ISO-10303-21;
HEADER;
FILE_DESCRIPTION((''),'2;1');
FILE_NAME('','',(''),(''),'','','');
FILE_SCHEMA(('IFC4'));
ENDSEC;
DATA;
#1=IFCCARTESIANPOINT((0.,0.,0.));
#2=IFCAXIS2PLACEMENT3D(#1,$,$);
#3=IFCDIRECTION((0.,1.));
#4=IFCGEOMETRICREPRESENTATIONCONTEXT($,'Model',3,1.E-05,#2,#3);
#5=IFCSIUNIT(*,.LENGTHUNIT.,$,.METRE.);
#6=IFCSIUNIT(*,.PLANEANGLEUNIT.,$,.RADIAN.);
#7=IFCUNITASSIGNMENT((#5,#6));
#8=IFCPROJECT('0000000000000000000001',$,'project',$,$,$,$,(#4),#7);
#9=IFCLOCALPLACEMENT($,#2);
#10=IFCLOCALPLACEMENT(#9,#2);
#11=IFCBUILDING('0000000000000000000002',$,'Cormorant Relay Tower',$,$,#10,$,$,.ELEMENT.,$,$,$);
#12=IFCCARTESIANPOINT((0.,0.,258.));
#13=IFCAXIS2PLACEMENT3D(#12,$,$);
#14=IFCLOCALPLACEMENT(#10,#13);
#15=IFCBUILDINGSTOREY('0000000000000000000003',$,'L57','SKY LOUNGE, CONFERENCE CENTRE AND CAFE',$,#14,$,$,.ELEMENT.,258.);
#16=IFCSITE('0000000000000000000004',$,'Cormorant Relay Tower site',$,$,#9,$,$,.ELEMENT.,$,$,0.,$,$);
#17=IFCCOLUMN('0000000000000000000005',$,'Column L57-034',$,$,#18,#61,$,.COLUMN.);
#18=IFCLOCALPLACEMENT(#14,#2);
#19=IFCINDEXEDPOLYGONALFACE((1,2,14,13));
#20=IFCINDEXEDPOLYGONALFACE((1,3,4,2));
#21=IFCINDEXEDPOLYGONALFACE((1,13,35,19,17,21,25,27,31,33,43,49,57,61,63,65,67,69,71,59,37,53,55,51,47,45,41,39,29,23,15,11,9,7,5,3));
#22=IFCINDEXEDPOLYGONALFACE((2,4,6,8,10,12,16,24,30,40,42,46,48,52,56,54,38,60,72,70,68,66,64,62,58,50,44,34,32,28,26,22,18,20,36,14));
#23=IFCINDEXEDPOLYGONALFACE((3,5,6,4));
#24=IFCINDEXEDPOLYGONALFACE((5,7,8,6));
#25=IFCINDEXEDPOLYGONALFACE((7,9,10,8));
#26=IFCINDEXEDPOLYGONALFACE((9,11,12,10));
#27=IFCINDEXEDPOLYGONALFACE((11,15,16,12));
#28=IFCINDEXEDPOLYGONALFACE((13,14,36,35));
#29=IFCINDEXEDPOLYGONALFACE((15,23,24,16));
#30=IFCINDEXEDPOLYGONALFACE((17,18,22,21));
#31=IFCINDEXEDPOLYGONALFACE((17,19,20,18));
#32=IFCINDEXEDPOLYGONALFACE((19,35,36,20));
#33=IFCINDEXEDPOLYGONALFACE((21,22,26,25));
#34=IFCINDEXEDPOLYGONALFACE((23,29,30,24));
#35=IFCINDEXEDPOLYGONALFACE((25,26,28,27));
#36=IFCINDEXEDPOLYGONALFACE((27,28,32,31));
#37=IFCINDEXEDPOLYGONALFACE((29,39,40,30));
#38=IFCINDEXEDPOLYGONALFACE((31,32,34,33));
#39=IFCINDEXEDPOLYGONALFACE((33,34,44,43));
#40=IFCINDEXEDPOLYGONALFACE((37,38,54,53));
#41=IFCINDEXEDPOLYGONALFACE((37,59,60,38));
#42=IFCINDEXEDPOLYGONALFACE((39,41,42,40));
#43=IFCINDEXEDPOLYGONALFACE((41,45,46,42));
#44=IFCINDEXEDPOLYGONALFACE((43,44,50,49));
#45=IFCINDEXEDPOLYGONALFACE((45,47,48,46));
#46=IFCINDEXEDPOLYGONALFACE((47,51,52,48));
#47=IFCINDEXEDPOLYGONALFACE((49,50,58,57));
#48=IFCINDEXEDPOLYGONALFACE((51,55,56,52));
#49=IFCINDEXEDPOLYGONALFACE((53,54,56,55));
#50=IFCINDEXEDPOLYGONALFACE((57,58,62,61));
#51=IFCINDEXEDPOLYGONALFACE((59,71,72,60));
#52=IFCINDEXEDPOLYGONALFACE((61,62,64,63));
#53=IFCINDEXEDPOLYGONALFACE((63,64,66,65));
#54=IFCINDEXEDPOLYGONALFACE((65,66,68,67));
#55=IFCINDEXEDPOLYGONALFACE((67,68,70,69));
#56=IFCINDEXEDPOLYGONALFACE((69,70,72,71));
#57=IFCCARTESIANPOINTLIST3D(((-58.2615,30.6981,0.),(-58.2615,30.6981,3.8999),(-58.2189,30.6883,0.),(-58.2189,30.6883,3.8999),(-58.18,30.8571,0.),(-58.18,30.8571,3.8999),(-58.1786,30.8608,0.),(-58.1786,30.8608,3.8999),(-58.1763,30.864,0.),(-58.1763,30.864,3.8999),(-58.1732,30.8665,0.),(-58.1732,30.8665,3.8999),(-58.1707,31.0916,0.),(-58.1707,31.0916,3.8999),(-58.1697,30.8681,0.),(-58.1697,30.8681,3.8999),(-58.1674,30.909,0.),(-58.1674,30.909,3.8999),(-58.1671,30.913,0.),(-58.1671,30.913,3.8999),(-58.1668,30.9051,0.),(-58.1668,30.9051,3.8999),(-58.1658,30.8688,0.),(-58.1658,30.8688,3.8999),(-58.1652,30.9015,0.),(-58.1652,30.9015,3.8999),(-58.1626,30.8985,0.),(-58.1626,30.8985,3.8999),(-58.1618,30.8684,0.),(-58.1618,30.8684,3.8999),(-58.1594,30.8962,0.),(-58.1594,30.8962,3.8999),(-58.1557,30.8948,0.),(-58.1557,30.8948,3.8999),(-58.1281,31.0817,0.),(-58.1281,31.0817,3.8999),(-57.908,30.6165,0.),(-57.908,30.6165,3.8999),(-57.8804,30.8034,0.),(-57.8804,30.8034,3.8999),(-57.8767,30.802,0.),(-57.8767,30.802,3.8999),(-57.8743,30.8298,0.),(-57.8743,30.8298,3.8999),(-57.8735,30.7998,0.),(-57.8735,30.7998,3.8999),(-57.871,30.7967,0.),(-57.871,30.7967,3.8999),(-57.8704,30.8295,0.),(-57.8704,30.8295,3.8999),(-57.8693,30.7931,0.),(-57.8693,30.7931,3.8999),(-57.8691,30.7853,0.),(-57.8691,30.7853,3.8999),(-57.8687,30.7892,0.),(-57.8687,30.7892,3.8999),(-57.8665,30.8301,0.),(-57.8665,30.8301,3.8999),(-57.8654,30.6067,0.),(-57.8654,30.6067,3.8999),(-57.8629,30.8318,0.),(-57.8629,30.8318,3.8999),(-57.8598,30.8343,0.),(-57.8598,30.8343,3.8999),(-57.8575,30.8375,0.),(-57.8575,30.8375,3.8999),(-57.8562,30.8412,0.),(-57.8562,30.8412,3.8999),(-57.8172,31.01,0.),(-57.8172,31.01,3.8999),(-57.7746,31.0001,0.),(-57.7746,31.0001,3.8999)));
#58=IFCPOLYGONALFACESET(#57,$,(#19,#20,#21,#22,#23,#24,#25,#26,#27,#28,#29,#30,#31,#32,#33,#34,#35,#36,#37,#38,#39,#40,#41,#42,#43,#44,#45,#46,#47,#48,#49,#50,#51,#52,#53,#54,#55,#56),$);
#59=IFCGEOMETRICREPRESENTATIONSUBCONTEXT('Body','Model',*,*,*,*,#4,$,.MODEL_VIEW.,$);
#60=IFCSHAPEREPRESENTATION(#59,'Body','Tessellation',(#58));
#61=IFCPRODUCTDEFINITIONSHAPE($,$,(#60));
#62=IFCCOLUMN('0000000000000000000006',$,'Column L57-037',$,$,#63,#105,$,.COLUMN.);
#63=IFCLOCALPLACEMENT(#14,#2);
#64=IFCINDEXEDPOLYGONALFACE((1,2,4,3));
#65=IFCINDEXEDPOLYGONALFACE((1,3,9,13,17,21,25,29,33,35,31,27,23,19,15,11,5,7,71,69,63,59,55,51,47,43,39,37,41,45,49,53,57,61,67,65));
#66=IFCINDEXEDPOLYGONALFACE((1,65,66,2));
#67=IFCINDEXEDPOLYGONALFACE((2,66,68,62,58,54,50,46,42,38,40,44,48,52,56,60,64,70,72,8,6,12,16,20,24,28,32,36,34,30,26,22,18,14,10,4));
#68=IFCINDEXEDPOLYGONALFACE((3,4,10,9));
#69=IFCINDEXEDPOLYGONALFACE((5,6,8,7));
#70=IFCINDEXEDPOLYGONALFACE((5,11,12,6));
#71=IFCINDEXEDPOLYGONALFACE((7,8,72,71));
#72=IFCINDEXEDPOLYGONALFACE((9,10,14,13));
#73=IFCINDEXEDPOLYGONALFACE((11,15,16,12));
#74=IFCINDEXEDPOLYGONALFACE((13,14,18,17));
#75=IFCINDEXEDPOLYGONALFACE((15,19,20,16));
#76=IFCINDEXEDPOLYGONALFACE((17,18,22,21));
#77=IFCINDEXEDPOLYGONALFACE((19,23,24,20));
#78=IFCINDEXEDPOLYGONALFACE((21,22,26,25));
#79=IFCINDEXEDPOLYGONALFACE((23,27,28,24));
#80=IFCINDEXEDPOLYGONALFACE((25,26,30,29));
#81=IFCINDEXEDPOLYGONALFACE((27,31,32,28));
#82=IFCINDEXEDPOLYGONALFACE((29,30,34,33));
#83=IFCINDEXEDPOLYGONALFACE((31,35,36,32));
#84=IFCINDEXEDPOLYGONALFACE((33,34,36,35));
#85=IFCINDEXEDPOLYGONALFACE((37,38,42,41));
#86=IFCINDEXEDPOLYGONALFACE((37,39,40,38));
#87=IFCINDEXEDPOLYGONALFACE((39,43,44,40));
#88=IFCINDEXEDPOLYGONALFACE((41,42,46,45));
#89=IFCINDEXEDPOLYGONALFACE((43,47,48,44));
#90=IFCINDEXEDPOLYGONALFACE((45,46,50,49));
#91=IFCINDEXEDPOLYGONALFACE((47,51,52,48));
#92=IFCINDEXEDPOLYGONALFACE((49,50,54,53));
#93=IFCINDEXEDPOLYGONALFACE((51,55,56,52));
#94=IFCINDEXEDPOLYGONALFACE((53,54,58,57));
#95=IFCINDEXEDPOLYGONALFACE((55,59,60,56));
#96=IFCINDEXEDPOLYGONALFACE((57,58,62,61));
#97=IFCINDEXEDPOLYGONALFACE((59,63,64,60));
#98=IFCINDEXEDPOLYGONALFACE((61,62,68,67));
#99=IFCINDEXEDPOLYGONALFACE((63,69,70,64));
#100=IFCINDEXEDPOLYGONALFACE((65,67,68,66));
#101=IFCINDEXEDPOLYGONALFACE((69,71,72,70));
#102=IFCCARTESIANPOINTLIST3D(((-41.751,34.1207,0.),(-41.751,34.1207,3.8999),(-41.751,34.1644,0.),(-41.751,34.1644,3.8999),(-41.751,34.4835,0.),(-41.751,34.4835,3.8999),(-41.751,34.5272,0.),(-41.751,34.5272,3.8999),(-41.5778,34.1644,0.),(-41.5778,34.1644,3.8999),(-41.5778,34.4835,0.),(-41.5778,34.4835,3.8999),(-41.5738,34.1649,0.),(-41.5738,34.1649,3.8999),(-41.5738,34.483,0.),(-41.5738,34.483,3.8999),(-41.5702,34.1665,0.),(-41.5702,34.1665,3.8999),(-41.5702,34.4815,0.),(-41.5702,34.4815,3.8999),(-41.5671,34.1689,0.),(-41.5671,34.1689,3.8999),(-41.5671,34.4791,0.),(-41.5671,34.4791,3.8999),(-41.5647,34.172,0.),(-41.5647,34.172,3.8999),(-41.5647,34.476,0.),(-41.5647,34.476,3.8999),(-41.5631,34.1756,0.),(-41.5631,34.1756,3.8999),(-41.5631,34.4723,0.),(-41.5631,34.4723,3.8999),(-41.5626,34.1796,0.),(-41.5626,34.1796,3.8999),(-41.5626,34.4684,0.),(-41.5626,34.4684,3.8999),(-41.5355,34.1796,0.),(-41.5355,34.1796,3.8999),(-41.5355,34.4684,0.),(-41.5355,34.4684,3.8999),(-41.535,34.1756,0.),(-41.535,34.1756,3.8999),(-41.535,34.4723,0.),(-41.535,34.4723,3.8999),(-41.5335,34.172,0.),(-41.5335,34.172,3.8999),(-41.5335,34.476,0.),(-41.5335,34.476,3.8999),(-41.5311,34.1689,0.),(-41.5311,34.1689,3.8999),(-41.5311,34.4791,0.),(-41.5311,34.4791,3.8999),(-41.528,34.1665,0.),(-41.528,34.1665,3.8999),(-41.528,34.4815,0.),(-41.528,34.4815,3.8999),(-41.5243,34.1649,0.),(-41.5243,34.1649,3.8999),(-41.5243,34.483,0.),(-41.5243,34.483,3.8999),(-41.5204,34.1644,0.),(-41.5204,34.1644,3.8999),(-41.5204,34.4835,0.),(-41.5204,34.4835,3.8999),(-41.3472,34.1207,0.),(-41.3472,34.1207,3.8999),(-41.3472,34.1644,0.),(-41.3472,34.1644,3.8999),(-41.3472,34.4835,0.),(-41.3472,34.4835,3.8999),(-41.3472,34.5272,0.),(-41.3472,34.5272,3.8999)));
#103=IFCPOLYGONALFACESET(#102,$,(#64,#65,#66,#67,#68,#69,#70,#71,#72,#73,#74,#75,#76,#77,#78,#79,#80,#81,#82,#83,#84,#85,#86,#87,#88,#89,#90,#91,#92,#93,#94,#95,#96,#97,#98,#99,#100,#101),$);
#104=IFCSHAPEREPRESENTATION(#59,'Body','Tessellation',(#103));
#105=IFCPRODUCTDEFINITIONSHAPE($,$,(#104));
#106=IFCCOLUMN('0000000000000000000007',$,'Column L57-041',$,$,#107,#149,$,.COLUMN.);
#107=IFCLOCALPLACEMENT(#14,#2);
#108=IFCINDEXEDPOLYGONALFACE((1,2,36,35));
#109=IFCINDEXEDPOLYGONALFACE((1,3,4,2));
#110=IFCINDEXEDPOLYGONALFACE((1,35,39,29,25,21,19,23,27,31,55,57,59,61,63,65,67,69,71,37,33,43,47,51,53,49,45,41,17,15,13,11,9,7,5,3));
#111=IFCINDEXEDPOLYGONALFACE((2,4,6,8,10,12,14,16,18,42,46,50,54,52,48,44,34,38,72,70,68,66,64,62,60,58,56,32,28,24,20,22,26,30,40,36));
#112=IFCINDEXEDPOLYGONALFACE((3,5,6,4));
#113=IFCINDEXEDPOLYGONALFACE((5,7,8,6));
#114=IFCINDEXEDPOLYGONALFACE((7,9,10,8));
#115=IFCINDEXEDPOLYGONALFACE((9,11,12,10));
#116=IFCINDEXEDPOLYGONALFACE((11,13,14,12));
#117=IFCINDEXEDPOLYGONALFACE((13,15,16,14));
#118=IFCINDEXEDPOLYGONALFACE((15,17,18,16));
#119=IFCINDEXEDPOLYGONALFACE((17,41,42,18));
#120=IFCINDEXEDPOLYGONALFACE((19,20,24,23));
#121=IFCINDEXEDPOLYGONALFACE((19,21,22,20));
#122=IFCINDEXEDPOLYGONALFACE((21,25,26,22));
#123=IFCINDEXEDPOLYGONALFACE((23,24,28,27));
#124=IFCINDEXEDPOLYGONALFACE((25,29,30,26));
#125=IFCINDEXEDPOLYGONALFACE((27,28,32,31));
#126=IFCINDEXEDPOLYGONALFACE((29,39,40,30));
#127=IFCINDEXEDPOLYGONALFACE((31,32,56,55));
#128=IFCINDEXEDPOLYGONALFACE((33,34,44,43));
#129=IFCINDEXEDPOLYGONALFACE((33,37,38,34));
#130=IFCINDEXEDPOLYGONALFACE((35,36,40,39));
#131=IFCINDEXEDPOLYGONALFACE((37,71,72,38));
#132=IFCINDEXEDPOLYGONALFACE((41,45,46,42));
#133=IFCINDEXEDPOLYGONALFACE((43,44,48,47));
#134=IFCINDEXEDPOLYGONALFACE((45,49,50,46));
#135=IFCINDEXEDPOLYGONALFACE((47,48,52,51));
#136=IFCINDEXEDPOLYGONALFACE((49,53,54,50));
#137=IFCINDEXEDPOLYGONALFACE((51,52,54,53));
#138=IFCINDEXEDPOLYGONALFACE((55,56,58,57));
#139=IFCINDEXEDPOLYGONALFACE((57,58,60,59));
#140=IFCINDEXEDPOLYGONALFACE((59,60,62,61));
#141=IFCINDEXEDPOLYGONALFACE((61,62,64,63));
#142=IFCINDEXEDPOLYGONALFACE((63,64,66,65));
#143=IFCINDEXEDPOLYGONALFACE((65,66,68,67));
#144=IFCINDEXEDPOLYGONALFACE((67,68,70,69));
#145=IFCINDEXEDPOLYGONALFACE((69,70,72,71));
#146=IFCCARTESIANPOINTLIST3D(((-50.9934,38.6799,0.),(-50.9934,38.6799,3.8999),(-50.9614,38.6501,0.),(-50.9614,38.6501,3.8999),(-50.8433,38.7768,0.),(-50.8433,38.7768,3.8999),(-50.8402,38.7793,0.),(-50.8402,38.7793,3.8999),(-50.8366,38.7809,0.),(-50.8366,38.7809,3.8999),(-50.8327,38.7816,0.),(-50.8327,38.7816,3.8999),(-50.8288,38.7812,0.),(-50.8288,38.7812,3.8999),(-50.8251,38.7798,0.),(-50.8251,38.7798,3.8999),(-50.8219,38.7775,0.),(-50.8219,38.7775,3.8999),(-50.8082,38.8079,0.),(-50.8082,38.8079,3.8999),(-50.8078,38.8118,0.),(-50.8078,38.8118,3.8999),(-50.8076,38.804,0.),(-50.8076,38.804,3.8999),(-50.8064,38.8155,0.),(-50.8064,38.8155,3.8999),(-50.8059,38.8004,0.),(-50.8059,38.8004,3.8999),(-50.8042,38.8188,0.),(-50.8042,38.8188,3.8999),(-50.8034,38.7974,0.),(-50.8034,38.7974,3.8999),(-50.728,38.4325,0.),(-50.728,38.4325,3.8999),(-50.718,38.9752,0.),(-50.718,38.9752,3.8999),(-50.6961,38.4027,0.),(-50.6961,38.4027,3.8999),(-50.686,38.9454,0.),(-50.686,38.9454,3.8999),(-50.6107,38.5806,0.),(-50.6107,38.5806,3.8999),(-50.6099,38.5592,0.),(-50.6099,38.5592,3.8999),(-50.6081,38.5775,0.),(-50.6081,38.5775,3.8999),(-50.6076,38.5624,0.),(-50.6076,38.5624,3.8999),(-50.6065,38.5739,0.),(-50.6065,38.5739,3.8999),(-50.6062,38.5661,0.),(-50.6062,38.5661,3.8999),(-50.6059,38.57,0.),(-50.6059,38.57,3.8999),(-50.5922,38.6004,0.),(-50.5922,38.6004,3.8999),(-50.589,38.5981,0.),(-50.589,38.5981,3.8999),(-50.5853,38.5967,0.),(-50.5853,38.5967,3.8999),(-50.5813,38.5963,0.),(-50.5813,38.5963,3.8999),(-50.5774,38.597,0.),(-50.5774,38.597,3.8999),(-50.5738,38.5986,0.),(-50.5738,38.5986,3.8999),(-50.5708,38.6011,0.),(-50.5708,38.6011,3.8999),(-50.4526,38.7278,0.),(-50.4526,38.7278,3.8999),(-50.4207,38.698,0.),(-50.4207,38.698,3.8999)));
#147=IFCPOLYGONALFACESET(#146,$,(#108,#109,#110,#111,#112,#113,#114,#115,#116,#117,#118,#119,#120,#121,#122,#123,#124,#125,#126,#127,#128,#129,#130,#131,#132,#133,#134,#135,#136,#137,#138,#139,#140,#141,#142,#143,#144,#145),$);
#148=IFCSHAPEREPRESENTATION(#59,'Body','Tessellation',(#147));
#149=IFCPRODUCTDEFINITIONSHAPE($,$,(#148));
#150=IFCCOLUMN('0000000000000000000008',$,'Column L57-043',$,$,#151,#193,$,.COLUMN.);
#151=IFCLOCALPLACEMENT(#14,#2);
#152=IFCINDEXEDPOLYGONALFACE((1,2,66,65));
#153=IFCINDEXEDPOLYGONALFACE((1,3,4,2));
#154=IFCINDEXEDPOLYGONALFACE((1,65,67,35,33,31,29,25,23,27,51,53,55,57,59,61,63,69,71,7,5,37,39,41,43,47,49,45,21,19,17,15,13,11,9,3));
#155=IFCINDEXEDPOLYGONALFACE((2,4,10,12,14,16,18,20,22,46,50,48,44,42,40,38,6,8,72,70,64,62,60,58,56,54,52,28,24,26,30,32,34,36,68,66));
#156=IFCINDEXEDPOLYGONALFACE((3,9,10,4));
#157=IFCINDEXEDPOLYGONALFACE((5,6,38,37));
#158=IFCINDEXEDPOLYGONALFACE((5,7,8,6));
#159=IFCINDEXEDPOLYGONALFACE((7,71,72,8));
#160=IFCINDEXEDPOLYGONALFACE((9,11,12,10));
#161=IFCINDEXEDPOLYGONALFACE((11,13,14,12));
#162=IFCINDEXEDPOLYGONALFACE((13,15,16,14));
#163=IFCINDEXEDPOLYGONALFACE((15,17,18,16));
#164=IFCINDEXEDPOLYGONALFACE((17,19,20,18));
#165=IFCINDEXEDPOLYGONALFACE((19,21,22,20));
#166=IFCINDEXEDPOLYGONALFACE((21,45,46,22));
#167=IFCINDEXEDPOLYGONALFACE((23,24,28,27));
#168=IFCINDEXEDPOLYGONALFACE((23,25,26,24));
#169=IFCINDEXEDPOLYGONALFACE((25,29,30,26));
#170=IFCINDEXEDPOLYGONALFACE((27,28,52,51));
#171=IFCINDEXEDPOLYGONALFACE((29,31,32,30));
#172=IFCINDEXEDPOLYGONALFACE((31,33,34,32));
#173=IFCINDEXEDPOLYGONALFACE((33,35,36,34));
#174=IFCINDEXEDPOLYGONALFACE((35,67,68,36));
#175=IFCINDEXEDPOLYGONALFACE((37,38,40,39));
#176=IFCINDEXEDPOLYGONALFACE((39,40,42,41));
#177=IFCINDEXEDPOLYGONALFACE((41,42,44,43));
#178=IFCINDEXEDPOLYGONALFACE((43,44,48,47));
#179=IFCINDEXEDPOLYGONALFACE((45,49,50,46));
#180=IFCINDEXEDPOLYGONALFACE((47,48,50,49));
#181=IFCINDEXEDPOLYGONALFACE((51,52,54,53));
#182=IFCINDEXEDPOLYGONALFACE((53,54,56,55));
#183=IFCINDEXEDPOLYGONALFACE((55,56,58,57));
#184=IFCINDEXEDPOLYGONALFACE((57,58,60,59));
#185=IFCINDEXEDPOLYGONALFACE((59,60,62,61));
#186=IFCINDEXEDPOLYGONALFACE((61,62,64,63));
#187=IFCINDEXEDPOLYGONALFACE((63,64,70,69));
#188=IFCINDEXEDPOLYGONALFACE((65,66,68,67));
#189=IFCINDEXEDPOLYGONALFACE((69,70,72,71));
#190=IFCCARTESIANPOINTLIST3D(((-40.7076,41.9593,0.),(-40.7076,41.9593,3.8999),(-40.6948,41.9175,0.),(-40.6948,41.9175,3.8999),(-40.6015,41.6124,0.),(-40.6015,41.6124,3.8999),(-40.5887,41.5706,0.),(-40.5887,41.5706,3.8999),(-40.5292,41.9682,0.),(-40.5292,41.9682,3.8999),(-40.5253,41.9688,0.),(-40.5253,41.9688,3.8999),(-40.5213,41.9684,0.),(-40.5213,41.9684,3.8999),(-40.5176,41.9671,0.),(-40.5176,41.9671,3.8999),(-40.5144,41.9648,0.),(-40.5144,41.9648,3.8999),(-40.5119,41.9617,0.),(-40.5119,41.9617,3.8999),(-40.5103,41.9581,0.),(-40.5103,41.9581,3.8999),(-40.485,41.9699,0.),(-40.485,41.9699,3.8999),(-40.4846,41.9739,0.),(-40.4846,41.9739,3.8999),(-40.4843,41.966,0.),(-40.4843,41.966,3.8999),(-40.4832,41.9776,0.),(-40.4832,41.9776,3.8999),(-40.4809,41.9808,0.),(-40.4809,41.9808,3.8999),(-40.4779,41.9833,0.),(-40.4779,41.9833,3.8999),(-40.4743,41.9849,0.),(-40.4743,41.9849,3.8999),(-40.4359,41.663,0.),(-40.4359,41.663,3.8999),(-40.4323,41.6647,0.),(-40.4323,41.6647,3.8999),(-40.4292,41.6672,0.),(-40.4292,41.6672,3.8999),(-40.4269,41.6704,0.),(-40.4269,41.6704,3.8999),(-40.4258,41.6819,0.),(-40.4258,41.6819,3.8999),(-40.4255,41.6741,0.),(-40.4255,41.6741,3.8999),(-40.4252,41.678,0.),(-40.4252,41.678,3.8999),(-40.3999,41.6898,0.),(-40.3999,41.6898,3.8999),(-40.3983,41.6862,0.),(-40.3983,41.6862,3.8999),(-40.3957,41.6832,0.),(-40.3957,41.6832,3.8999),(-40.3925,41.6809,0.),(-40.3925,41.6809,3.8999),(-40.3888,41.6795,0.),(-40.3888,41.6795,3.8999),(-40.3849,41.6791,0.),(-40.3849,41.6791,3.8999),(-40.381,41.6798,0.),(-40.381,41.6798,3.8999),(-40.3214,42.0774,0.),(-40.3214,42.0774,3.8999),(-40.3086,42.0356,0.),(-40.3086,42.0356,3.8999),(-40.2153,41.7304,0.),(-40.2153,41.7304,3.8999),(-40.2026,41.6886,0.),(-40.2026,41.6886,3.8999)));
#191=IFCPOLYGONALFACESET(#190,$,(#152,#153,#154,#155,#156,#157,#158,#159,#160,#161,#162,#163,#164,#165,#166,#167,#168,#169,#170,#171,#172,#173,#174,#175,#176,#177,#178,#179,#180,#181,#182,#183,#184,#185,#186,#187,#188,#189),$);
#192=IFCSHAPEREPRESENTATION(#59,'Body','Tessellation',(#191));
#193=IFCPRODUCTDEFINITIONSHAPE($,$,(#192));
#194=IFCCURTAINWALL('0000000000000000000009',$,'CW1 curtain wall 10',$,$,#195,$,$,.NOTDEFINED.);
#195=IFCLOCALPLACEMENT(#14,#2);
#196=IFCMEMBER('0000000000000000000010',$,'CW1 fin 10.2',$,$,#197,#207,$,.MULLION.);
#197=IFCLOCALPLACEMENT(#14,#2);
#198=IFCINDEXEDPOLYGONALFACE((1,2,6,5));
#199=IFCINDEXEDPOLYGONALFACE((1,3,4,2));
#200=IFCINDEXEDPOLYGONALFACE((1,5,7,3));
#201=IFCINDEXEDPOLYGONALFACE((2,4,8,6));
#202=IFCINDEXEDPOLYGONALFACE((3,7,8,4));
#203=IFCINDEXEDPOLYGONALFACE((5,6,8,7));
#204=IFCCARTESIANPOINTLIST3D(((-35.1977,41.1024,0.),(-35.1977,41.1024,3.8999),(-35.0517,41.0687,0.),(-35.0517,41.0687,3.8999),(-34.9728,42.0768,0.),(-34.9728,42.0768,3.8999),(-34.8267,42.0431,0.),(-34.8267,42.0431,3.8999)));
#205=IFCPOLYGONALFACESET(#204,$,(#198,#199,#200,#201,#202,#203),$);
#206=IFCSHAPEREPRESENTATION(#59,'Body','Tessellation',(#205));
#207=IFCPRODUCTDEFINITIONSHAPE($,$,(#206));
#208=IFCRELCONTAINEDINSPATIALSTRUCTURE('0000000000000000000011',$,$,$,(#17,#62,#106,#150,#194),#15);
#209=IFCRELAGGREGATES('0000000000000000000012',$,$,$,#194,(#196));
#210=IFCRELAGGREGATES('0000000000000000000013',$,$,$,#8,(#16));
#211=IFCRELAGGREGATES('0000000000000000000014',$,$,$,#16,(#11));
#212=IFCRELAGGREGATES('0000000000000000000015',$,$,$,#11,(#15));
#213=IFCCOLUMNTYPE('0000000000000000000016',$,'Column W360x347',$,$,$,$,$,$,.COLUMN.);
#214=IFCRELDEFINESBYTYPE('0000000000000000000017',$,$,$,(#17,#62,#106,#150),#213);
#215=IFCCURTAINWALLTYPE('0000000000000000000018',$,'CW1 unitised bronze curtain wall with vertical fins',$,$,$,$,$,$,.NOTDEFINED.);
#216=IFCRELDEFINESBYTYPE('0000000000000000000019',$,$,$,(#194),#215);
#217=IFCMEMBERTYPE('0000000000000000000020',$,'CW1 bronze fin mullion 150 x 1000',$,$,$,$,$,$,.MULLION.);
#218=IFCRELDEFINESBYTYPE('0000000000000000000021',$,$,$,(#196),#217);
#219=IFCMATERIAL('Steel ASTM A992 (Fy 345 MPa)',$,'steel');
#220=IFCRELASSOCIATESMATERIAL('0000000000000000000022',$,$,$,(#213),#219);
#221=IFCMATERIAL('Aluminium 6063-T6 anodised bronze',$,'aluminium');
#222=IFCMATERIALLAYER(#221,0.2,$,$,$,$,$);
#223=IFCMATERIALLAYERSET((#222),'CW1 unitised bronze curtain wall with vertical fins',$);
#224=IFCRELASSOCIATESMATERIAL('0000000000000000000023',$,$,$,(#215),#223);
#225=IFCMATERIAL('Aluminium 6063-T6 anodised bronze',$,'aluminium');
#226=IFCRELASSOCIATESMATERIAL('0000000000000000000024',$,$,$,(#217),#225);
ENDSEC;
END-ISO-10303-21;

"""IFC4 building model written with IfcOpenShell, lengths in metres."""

from ifc_helpers import new_model, si_unit, direction, frame, origin, origin_2d, place, context, subcontext, project, spatial, rectangle, i_section, extrude, material, layer, layer_set, material_profile, profile_set, type_object, element, aggregate, save


model = new_model("IFC4")

# Units and contexts
model_context = context("Model", 3, precision=1e-05, world=origin(), true_north=direction((0.0, 1.0)))
body_context = subcontext(model_context, "Body", "Model", "MODEL_VIEW")
ifc_project = project(units=[si_unit("LENGTHUNIT", "METRE"), si_unit("PLANEANGLEUNIT", "RADIAN")], contexts=[model_context])

# Site, building, storey
site_placement = place(None, origin())
site = spatial("IfcSite", under=ifc_project, at=site_placement, Name="Cormorant Relay Tower site", CompositionType="ELEMENT", RefElevation=0.0)
building_placement = place(site_placement, origin())
building = spatial("IfcBuilding", under=site, at=building_placement, Name="Cormorant Relay Tower", CompositionType="ELEMENT")
storey_placement = place(building_placement, frame((0.0, 0.0, 258.0)))
storey = spatial("IfcBuildingStorey", under=building, at=storey_placement, Name="L57", Description="SKY LOUNGE, CONFERENCE CENTRE AND CAFE", CompositionType="ELEMENT", Elevation=258.0)

# Columns
ifc_material_1 = material(Name="Steel ASTM A992 (Fy 345 MPa)", Category="steel")
ifc_material_profile_1 = material_profile(ifc_material_1, i_section(OverallWidth=0.4038, OverallDepth=0.4065, WebThickness=0.0271, FlangeThickness=0.0437, FilletRadius=0.0151, at=origin_2d()), Name="W360x347")
ifc_profile_set_1 = profile_set([ifc_material_profile_1], Name="Steel ASTM A992 (Fy 345 MPa)")
column_type = type_object("IfcColumnType", Name="Column W360x347", PredefinedType="COLUMN", material=ifc_profile_set_1)
for number, where, z_axis, x_axis, name in (
    (1, (-58.0181, 30.8491, 0.0), (0.0, 0.0, 1.0), (-0.224951, -0.97437, 0.0), "Column L57-034"),
    (2, (-41.5491, 34.324, 0.0), (0.0, 0.0, 1.0), (1.0, 0.0, 0.0), "Column L57-037"),
    (3, (-50.707, 38.689, 0.0), (0.0, 0.0, 1.0), (-0.681998, -0.731354, 0.0), "Column L57-041"),
    (4, (-40.4551, 41.824, 0.0), (0.0, 0.0, 1.0), (-0.956305, -0.292372, 0.0), "Column L57-043"),
):
    element("IfcColumn", number, at=place(storey_placement, frame(where, z_axis=z_axis, x_axis=x_axis)), inside=storey, type_object=column_type, Name=name, PredefinedType="COLUMN", context=body_context, shape_type="SweptSolid", body=[
        extrude(i_section(OverallWidth=0.4038, OverallDepth=0.4065, WebThickness=0.0271, FlangeThickness=0.0437, FilletRadius=0.0151, at=origin_2d()), origin(), (0.0, 0.0, 1.0), 3.8999),
    ])

# Curtain wall, member
ifc_material_2 = material(Name="Aluminium 6063-T6 anodised bronze", Category="aluminium")
ifc_layer_1 = layer(ifc_material_2, 0.2)
ifc_layer_set_1 = layer_set([ifc_layer_1], Name="CW1 unitised bronze curtain wall with vertical fins")
curtain_wall_type = type_object("IfcCurtainWallType", Name="CW1 unitised bronze curtain wall with vertical fins", PredefinedType="NOTDEFINED", material=ifc_layer_set_1)
curtain_wall_1_placement = place(storey_placement, origin())
curtain_wall_1 = element("IfcCurtainWall", 5, at=curtain_wall_1_placement, inside=storey, type_object=curtain_wall_type, Name="CW1 curtain wall 10", PredefinedType="NOTDEFINED")
ifc_material_3 = material(Name="Aluminium 6063-T6 anodised bronze", Category="aluminium")
ifc_material_profile_2 = material_profile(ifc_material_3, rectangle(XDim=0.1499, YDim=1.0, at=origin_2d()), Name="AL 150x1000")
ifc_profile_set_2 = profile_set([ifc_material_profile_2], Name="Aluminium 6063-T6 anodised bronze")
member_type_1 = type_object("IfcMemberType", Name="CW1 bronze fin mullion 150 x 1000", PredefinedType="MULLION", material=ifc_profile_set_2)
member_1_placement = place(storey_placement, frame((-35.0122, 41.5728, 0.0), z_axis=(0.0, 0.0, 1.0), x_axis=(-0.97437, 0.224951, 0.0)))
member_1 = element("IfcMember", 6, at=member_1_placement, type_object=member_type_1, Name="CW1 fin 10.2", PredefinedType="MULLION", context=body_context, shape_type="SweptSolid", body=[
    extrude(rectangle(XDim=0.1499, YDim=1.0, at=origin_2d()), origin(), (0.0, 0.0, 1.0), 3.8999),
])

aggregate(curtain_wall_1, [member_1])

save(model, "model.ifc")
